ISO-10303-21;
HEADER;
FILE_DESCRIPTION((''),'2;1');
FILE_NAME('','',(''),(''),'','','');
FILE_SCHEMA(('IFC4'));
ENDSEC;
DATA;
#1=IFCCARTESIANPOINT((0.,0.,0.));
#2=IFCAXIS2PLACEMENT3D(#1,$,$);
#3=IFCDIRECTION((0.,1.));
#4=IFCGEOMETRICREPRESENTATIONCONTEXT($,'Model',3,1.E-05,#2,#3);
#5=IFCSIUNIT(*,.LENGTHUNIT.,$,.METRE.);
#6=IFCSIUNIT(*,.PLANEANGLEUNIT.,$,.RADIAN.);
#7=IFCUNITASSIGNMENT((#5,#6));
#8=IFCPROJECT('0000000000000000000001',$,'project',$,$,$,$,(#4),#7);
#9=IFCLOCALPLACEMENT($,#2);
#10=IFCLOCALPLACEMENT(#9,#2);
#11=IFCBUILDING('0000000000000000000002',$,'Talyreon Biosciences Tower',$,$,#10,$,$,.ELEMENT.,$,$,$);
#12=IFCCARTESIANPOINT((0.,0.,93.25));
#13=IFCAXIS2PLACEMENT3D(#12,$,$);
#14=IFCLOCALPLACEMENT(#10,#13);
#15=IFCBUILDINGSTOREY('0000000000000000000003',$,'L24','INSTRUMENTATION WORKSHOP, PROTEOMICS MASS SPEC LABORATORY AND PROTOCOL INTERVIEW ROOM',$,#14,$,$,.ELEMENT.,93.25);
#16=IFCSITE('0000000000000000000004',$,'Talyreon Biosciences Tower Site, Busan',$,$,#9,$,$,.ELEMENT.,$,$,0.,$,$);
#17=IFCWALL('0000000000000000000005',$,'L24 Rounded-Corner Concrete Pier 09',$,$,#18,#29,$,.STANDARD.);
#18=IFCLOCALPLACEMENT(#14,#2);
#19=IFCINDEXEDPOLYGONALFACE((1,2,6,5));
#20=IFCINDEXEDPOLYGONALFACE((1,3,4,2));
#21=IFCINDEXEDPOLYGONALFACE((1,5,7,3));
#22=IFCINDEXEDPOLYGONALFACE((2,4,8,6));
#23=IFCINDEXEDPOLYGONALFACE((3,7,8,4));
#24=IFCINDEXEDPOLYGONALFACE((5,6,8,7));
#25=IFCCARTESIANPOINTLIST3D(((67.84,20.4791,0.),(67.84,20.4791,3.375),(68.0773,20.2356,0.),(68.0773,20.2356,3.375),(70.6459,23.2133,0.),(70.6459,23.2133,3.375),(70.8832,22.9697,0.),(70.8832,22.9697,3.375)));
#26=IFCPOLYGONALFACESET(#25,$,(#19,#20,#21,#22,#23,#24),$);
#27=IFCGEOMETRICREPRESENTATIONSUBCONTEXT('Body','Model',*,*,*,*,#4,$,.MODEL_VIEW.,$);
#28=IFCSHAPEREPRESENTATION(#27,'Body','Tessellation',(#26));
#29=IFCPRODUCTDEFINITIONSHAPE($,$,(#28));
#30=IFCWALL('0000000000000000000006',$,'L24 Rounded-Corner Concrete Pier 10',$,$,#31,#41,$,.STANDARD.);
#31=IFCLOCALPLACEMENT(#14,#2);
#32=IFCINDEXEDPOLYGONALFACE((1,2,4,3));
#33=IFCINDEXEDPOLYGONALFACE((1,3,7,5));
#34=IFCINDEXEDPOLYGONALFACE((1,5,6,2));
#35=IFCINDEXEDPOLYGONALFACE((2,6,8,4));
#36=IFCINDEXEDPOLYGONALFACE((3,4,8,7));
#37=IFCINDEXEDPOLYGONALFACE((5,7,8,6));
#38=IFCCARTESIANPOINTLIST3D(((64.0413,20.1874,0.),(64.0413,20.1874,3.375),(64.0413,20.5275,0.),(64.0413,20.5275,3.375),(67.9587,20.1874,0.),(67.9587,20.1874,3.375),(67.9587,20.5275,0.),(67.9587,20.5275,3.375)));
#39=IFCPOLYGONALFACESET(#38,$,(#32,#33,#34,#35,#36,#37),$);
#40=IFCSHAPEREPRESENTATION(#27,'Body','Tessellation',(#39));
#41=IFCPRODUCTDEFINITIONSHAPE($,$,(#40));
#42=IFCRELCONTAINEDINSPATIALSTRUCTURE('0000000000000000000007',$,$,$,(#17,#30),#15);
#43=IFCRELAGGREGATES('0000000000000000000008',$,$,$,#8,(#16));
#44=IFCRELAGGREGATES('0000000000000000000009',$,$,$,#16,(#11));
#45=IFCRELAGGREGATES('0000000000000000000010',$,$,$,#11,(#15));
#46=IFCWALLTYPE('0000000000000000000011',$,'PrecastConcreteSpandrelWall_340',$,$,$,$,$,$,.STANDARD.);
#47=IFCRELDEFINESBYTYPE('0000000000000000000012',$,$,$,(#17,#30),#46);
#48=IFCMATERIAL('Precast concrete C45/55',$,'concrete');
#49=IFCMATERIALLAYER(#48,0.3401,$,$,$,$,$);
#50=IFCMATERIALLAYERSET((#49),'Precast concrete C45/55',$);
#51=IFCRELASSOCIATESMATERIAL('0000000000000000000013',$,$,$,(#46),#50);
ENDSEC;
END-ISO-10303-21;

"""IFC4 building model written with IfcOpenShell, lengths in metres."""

from ifc_helpers import new_model, si_unit, direction, frame, frame_2d, origin, place, context, subcontext, project, spatial, rectangle, extrude, material, layer, layer_set, type_object, element, save


model = new_model("IFC4")

# Units and contexts
model_context = context("Model", 3, precision=1e-05, world=origin(), true_north=direction((0.0, 1.0)))
body_context = subcontext(model_context, "Body", "Model", "MODEL_VIEW")
ifc_project = project(units=[si_unit("LENGTHUNIT", "METRE"), si_unit("PLANEANGLEUNIT", "RADIAN")], contexts=[model_context])

# Site, building, storey
site_placement = place(None, origin())
site = spatial("IfcSite", under=ifc_project, at=site_placement, Name="Talyreon Biosciences Tower Site, Busan", CompositionType="ELEMENT", RefElevation=0.0)
building_placement = place(site_placement, origin())
building = spatial("IfcBuilding", under=site, at=building_placement, Name="Talyreon Biosciences Tower", CompositionType="ELEMENT")
storey_placement = place(building_placement, frame((0.0, 0.0, 93.25)))
storey = spatial("IfcBuildingStorey", under=building, at=storey_placement, Name="L24", Description="INSTRUMENTATION WORKSHOP, PROTEOMICS MASS SPEC LABORATORY AND PROTOCOL INTERVIEW ROOM", CompositionType="ELEMENT", Elevation=93.25)

# Shared definitions
ifc_material_1 = material(Name="Precast concrete C45/55", Category="concrete")

# Walls
ifc_layer_1 = layer(ifc_material_1, 0.3401)
ifc_layer_set_1 = layer_set([ifc_layer_1], Name="Precast concrete C45/55")
wall_type_1 = type_object("IfcWallType", Name="PrecastConcreteSpandrelWall_340", PredefinedType="STANDARD", material=ifc_layer_set_1)
wall_1_placement = place(storey_placement, frame((70.7646, 23.0916, 0.0), z_axis=(0.0, 0.0, 1.0), x_axis=(-0.716208, -0.697887, 0.0)))
element("IfcWall", 1, at=wall_1_placement, inside=storey, type_object=wall_type_1, Name="L24 Rounded-Corner Concrete Pier 09", PredefinedType="STANDARD", context=body_context, shape_type="SweptSolid", body=[
    extrude(rectangle(XDim=3.9177, YDim=0.3401, at=frame_2d((1.959, 0.0))), origin(), (0.0, 0.0, 1.0), 3.375),
])
wall_2_placement = place(storey_placement, frame((67.9587, 20.3574, 0.0), z_axis=(0.0, 0.0, 1.0), x_axis=(-1.0, 0.0, 0.0)))
element("IfcWall", 2, at=wall_2_placement, inside=storey, type_object=wall_type_1, Name="L24 Rounded-Corner Concrete Pier 10", PredefinedType="STANDARD", context=body_context, shape_type="SweptSolid", body=[
    extrude(rectangle(XDim=3.9175, YDim=0.3401, at=frame_2d((1.9587, 0.0))), origin(), (0.0, 0.0, 1.0), 3.375),
])

save(model, "model.ifc")
